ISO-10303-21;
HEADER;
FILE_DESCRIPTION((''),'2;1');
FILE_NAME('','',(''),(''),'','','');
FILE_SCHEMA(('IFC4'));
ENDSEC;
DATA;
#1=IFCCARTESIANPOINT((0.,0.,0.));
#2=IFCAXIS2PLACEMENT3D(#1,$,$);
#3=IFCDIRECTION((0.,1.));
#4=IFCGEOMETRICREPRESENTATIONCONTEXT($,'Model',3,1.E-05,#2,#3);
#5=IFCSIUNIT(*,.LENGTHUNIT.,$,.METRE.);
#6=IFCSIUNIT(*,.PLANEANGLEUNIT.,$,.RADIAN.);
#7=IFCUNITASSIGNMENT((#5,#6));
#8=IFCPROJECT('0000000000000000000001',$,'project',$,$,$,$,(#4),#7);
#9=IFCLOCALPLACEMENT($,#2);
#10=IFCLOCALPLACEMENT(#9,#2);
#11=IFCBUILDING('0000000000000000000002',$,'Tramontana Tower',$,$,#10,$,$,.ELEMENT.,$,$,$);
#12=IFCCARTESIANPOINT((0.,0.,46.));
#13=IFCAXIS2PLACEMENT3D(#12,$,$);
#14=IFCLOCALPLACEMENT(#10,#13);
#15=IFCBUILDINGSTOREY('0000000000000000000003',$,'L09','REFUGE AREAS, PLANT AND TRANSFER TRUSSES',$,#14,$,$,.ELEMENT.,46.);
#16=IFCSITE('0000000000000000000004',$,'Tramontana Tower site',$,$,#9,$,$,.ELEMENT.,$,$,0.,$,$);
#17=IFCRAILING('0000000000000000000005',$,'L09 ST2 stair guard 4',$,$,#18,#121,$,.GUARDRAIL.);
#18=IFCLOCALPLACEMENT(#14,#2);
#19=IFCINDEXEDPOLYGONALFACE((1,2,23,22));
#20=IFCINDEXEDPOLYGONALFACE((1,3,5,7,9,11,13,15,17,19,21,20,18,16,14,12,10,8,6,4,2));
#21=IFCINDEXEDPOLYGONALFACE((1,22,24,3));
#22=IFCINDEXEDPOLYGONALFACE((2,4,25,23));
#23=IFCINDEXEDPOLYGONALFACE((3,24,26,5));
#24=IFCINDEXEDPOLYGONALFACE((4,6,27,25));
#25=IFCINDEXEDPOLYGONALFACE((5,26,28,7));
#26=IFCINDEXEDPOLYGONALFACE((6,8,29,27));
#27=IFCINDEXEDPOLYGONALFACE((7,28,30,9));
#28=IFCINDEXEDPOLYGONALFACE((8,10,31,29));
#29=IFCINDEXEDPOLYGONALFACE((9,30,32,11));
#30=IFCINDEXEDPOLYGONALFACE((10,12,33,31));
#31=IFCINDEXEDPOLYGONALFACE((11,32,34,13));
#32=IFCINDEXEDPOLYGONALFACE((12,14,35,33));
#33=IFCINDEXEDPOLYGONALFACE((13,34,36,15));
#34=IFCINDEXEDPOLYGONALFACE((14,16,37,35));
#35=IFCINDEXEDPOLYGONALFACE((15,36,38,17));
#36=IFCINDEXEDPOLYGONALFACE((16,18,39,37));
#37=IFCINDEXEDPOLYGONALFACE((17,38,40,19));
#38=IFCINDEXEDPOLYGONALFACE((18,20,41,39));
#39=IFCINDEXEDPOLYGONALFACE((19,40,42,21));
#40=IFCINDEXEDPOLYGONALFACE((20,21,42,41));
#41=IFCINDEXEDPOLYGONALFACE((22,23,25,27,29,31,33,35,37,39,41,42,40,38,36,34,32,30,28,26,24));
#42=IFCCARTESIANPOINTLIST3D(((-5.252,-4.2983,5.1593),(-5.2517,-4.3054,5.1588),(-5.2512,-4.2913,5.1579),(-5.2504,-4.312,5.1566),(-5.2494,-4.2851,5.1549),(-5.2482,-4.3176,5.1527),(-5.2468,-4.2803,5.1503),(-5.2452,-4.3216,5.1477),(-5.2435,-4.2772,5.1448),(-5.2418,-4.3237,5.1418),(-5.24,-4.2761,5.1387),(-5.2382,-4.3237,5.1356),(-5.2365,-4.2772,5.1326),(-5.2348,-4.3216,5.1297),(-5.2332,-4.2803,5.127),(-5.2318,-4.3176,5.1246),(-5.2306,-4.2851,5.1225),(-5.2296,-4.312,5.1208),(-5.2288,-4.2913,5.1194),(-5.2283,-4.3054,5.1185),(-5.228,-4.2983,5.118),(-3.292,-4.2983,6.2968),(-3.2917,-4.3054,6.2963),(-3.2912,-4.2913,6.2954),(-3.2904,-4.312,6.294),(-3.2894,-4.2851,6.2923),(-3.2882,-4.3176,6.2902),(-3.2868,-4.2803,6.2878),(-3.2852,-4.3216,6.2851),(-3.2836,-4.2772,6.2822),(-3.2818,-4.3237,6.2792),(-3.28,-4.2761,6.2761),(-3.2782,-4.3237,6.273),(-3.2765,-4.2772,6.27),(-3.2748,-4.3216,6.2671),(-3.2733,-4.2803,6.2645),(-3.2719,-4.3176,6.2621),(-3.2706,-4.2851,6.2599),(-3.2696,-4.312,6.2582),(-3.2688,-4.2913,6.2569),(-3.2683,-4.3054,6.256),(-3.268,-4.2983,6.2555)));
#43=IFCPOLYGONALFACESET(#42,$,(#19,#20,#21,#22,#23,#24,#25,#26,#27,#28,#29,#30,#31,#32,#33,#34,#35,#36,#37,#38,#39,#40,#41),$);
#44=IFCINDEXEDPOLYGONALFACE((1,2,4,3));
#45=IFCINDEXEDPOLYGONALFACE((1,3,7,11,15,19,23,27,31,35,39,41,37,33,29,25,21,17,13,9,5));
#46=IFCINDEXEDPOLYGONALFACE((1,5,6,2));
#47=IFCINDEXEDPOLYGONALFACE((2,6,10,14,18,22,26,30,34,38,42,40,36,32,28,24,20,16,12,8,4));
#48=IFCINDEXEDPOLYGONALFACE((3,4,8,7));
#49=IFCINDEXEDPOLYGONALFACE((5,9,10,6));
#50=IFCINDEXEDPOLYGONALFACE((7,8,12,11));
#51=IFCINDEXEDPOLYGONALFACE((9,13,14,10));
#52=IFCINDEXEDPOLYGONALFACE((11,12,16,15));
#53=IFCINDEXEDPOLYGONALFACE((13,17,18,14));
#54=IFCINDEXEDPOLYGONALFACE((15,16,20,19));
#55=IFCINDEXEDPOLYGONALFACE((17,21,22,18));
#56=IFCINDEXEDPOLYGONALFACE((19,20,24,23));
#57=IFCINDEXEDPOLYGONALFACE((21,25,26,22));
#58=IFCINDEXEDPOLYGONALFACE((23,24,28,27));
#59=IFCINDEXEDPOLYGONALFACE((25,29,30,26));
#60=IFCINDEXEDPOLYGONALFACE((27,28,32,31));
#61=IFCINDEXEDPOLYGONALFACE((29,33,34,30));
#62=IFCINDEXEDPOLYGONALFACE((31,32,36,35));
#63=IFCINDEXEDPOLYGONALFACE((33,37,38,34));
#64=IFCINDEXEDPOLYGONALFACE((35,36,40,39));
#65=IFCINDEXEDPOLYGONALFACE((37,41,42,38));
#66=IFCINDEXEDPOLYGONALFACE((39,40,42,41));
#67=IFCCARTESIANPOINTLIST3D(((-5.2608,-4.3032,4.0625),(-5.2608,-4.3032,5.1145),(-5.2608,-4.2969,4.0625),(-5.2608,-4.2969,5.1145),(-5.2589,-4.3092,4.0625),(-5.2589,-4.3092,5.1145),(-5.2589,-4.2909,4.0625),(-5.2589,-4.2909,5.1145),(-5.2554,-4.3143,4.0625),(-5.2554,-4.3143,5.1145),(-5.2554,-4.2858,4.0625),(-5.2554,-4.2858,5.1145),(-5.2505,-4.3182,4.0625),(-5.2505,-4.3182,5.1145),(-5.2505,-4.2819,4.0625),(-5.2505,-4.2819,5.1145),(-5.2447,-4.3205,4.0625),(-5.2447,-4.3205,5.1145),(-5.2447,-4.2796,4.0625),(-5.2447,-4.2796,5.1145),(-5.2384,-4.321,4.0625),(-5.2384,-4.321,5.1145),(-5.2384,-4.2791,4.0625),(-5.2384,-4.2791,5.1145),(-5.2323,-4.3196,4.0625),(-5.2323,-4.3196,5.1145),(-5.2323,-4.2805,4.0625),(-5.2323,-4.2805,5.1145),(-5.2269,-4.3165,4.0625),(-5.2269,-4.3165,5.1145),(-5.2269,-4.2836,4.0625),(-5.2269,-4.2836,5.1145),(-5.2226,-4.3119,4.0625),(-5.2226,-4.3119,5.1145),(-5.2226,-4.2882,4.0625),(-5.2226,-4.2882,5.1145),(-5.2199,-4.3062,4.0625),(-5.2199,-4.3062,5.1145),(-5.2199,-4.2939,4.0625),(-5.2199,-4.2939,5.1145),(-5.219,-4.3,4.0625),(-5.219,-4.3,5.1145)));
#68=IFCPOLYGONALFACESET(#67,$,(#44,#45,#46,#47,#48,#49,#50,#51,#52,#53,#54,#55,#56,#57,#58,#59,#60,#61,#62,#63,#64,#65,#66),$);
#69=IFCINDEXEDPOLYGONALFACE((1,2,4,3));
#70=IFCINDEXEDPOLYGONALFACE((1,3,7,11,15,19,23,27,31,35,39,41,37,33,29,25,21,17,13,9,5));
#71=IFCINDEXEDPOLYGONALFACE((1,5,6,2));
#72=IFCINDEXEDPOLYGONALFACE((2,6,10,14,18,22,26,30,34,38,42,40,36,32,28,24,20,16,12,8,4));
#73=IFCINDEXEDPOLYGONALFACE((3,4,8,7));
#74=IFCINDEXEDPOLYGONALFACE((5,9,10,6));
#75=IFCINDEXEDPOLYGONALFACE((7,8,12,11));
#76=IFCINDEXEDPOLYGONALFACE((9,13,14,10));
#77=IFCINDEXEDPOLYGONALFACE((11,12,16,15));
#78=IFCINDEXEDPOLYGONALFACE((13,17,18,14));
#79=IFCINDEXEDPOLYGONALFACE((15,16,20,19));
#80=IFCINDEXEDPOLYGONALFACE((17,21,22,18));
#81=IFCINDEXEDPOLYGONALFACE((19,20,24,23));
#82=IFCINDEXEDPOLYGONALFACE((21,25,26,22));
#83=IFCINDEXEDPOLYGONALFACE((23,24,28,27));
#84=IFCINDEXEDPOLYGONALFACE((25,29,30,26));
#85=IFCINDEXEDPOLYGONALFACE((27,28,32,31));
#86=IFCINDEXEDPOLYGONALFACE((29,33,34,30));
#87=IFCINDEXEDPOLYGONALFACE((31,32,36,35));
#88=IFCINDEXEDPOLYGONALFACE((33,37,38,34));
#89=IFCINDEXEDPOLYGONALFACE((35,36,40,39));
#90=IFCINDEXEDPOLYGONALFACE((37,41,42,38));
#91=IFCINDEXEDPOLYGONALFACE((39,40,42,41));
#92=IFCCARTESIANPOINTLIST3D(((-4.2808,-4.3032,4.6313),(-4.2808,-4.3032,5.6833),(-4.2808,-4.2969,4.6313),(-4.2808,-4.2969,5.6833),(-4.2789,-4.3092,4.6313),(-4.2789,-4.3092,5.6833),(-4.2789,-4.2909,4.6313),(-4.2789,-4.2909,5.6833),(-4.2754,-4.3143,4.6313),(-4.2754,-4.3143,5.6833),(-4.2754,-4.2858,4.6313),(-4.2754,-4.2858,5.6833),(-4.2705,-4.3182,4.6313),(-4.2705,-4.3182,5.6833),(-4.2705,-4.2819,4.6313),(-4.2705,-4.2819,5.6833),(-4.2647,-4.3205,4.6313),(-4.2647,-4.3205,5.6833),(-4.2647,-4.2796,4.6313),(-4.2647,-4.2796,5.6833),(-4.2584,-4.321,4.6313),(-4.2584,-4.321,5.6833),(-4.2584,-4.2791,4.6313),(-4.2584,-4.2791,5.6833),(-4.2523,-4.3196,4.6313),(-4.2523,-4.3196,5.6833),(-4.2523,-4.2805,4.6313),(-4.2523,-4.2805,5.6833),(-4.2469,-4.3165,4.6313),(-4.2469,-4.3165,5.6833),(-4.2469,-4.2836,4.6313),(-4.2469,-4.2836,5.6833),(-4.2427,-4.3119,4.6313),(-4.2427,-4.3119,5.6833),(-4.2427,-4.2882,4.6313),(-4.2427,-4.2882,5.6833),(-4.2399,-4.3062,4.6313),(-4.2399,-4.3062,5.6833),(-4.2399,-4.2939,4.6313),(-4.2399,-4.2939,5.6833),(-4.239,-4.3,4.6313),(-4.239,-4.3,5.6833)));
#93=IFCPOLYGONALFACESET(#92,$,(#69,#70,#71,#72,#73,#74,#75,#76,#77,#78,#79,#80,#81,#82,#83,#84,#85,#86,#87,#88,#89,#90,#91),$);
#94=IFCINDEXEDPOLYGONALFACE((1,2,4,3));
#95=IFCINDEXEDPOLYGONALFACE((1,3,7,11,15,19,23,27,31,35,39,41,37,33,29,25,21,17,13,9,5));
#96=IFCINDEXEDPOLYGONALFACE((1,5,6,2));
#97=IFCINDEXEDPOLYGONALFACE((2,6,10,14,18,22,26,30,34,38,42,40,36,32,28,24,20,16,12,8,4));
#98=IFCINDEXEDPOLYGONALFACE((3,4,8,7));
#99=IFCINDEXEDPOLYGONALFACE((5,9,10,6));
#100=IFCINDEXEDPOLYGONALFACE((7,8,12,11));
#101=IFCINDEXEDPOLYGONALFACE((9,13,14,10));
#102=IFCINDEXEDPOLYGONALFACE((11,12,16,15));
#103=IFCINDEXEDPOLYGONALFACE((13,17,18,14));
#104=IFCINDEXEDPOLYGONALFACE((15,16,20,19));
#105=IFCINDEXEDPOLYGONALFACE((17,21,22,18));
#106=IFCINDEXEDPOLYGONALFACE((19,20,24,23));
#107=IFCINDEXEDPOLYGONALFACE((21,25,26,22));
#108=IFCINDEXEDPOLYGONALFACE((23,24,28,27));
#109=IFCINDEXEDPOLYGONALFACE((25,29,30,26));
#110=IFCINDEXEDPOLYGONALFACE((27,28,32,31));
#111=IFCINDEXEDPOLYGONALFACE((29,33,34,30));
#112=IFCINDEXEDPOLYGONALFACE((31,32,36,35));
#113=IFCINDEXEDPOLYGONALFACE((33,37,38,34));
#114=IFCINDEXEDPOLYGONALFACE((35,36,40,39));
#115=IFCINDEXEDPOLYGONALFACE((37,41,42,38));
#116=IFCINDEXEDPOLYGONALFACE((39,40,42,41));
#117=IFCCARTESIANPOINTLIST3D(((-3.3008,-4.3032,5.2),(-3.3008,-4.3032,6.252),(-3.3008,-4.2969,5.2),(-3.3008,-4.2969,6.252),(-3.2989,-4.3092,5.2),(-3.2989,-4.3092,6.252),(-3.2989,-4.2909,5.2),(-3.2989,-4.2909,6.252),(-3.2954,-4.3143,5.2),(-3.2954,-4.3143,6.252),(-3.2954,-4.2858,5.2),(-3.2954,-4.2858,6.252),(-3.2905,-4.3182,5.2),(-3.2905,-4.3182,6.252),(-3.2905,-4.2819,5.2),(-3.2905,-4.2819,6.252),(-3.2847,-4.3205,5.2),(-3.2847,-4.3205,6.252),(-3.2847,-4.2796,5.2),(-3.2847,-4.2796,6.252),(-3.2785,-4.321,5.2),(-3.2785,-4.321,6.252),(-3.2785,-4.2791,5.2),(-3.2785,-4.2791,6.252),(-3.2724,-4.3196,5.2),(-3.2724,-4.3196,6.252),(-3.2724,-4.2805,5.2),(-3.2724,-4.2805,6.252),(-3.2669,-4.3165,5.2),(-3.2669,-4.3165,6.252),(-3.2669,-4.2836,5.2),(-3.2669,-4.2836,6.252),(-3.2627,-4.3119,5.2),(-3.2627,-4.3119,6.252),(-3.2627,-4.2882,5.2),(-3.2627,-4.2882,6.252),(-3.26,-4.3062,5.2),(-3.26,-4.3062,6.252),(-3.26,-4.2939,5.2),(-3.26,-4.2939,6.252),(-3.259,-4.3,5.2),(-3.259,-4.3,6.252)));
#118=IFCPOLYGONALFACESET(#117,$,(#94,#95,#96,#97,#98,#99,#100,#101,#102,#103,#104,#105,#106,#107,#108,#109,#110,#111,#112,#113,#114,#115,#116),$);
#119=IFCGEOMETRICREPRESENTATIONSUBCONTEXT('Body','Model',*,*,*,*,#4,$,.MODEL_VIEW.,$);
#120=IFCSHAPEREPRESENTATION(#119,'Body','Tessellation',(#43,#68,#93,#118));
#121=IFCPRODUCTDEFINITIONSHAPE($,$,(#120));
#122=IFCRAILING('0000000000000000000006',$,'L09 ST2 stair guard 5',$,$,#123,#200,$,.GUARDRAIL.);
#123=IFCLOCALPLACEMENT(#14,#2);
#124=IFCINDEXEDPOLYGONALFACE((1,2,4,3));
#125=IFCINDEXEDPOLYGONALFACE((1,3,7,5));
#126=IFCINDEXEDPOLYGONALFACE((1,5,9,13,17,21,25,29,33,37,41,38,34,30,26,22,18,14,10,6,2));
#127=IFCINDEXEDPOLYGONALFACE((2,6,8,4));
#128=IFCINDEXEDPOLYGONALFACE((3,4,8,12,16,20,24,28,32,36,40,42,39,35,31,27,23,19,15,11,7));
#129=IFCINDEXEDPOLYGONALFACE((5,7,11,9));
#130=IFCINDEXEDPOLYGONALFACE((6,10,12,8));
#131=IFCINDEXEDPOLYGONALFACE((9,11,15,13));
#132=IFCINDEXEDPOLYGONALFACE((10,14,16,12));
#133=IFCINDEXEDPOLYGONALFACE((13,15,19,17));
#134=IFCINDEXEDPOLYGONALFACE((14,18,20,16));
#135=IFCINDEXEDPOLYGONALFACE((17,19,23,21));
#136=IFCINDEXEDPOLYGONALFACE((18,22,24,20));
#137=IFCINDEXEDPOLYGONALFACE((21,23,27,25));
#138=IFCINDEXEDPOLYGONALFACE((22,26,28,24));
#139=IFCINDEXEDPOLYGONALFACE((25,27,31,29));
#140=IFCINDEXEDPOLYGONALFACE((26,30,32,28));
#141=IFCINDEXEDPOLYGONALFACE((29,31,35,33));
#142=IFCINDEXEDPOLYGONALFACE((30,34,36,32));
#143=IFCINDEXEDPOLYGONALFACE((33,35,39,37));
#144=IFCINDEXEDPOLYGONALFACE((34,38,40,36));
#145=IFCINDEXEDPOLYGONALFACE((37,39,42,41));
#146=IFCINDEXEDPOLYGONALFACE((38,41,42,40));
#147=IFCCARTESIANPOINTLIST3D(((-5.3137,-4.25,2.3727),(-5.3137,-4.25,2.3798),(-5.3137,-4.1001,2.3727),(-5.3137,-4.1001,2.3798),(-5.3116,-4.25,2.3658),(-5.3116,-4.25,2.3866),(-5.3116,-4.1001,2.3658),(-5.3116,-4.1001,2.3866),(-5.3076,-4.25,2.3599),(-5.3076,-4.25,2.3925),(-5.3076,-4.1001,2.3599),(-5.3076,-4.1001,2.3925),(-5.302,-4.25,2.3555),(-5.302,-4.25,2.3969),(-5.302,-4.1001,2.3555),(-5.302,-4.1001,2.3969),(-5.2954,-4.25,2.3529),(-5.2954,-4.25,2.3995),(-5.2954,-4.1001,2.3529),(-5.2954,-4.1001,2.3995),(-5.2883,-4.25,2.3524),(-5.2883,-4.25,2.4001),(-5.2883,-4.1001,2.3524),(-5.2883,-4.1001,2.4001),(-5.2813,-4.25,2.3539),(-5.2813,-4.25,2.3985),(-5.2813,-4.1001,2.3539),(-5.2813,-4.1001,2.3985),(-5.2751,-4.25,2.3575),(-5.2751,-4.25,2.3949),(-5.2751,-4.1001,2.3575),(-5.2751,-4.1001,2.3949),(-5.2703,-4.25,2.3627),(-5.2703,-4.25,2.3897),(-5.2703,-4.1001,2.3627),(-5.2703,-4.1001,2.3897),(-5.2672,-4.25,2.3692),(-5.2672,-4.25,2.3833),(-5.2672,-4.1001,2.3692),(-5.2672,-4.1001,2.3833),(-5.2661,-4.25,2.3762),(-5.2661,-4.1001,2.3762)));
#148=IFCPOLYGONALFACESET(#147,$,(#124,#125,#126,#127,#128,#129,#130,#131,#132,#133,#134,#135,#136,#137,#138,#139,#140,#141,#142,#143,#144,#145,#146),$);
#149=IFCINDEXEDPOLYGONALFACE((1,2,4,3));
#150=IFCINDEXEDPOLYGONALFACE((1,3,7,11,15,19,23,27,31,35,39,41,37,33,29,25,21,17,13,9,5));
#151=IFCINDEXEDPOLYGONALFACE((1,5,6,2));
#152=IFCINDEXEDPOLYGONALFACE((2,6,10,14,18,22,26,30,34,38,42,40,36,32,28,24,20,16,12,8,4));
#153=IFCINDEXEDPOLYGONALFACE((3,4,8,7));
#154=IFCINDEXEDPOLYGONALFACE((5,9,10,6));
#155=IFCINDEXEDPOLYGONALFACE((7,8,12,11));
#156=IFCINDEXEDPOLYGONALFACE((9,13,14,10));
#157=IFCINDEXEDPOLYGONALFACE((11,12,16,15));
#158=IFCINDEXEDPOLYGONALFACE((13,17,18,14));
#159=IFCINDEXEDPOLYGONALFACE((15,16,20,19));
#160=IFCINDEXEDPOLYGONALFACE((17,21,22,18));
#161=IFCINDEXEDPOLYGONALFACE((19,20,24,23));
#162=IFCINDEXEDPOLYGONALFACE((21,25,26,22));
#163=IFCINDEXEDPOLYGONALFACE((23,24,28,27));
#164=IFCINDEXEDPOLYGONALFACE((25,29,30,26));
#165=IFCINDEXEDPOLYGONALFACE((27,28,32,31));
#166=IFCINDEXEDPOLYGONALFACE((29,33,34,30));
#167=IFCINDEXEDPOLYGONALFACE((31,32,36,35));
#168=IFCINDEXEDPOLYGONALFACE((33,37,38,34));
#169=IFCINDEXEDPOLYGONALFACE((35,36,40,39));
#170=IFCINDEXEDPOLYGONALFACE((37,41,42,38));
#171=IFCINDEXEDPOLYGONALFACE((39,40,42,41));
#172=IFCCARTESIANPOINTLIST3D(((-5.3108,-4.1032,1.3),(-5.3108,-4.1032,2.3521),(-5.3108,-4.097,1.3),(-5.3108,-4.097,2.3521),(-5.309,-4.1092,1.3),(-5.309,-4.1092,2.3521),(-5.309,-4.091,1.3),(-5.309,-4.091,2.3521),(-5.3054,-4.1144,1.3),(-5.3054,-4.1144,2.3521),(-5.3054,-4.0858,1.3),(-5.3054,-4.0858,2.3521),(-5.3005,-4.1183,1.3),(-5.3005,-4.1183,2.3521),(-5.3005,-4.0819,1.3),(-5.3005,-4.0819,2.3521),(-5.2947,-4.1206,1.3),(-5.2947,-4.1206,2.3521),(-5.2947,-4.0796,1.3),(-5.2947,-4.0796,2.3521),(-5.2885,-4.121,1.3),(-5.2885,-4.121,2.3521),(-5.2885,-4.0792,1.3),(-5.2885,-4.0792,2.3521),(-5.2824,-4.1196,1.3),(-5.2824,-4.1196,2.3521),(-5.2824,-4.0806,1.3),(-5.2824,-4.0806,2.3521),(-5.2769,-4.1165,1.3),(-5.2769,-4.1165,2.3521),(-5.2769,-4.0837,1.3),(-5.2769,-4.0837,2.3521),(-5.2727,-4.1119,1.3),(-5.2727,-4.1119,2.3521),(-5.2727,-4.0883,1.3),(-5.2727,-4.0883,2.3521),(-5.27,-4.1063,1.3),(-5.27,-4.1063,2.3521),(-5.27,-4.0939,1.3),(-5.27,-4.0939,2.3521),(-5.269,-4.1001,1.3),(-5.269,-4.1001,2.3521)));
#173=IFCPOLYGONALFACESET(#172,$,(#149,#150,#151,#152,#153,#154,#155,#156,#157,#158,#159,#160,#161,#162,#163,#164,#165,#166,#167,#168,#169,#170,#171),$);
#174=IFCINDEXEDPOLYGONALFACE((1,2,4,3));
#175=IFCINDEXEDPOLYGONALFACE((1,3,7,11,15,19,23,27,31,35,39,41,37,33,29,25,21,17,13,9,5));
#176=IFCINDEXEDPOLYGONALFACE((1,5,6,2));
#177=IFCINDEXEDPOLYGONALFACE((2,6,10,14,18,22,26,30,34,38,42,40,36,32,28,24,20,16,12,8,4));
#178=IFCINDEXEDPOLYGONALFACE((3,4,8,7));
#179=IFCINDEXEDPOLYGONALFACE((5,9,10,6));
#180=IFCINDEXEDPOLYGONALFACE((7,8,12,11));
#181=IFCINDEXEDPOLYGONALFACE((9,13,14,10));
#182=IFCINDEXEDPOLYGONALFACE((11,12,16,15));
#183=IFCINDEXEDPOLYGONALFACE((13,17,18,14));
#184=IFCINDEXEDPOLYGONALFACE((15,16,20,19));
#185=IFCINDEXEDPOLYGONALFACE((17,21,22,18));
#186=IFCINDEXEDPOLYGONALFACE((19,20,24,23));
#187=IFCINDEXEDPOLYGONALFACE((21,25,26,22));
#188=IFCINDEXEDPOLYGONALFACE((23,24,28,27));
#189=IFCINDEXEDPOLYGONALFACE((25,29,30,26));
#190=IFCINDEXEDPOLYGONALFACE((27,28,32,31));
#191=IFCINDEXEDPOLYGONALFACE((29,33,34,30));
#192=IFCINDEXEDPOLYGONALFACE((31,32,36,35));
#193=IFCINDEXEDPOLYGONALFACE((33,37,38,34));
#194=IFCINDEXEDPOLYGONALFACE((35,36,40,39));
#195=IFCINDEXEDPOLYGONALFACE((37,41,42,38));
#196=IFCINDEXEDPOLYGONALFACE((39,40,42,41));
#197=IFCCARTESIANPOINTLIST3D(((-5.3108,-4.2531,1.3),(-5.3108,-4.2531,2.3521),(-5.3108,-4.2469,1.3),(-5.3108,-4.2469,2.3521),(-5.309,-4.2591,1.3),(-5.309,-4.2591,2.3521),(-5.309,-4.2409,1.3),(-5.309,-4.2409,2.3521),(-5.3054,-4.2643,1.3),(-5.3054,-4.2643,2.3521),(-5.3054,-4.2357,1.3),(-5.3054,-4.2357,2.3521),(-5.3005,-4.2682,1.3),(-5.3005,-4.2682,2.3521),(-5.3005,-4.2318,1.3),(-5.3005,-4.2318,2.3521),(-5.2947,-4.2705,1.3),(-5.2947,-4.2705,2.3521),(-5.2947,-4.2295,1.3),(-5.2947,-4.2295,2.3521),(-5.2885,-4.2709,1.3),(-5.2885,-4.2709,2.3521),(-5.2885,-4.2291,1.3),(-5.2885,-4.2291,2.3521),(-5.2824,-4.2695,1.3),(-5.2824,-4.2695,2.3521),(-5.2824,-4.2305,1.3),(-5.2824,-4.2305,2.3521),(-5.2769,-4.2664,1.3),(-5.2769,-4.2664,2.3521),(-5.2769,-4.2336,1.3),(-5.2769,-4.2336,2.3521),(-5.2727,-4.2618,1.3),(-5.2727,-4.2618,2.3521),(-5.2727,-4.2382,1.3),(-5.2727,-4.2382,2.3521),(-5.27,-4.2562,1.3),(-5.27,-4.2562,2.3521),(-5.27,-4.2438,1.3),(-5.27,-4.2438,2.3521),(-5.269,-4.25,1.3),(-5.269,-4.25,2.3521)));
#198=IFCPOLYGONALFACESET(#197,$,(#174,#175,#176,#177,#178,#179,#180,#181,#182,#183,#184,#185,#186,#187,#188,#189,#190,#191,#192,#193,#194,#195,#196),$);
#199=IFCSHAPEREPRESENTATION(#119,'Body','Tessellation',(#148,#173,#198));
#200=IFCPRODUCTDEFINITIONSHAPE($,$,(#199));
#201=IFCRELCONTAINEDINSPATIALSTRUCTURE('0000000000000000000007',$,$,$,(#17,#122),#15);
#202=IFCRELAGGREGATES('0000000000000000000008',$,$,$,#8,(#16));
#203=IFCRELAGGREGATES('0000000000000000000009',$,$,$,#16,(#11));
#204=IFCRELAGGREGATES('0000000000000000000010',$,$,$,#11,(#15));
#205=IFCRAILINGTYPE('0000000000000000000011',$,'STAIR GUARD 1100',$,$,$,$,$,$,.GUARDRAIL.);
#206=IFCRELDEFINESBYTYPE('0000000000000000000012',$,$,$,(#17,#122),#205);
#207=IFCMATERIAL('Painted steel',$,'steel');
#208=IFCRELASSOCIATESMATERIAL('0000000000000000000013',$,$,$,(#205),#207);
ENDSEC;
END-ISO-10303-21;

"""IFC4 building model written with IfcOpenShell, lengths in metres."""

from ifc_helpers import new_model, si_unit, direction, frame, origin, origin_2d, place, context, subcontext, project, spatial, circle, extrude, material, type_object, element, save


model = new_model("IFC4")

# Units and contexts
model_context = context("Model", 3, precision=1e-05, world=origin(), true_north=direction((0.0, 1.0)))
body_context = subcontext(model_context, "Body", "Model", "MODEL_VIEW")
ifc_project = project(units=[si_unit("LENGTHUNIT", "METRE"), si_unit("PLANEANGLEUNIT", "RADIAN")], contexts=[model_context])

# Site, building, storey
site_placement = place(None, origin())
site = spatial("IfcSite", under=ifc_project, at=site_placement, Name="Tramontana Tower site", CompositionType="ELEMENT", RefElevation=0.0)
building_placement = place(site_placement, origin())
building = spatial("IfcBuilding", under=site, at=building_placement, Name="Tramontana Tower", CompositionType="ELEMENT")
storey_placement = place(building_placement, frame((0.0, 0.0, 46.0)))
storey = spatial("IfcBuildingStorey", under=building, at=storey_placement, Name="L09", Description="REFUGE AREAS, PLANT AND TRANSFER TRUSSES", CompositionType="ELEMENT", Elevation=46.0)

# Railings
ifc_material_1 = material(Name="Painted steel", Category="steel")
railing_type_1 = type_object("IfcRailingType", Name="STAIR GUARD 1100", PredefinedType="GUARDRAIL", material=ifc_material_1)
railing_1_placement = place(storey_placement, frame((-5.24, -4.3, 4.0625)))
element("IfcRailing", 1, at=railing_1_placement, inside=storey, type_object=railing_type_1, Name="L09 ST2 stair guard 4", PredefinedType="GUARDRAIL", context=body_context, shape_type="SweptSolid", body=[
    extrude(circle(Radius=0.0239, at=origin_2d()), frame((0.0, 0.0, 1.0762), z_axis=(0.864902, 0.0, 0.501941), x_axis=(0.0, 1.0, 0.0)), (0.0, 0.0, 1.0), 2.2661),
    extrude(circle(Radius=0.021, at=origin_2d()), origin(), (0.0, 0.0, 1.0), 1.052),
    extrude(circle(Radius=0.021, at=origin_2d()), frame((0.98, 0.0, 0.5688)), (0.0, 0.0, 1.0), 1.052),
    extrude(circle(Radius=0.021, at=origin_2d()), frame((1.96, 0.0, 1.1375)), (0.0, 0.0, 1.0), 1.052),
])
for number, where, name in (
    (2, (-5.29, -4.1001, 1.3), "L09 ST2 stair guard 5"),
):
    element("IfcRailing", number, at=place(storey_placement, frame(where)), inside=storey, type_object=railing_type_1, Name=name, PredefinedType="GUARDRAIL", context=body_context, shape_type="SweptSolid", body=[
        extrude(circle(Radius=0.0239, at=origin_2d()), frame((0.0, 0.0, 1.0762), z_axis=(0.0, -1.0, 0.0), x_axis=(1.0, 0.0, 0.0)), (0.0, 0.0, 1.0), 0.1499),
        extrude(circle(Radius=0.021, at=origin_2d()), origin(), (0.0, 0.0, 1.0), 1.052),
        extrude(circle(Radius=0.021, at=origin_2d()), frame((0.0, -0.1499, 0.0)), (0.0, 0.0, 1.0), 1.052),
    ])

save(model, "model.ifc")
